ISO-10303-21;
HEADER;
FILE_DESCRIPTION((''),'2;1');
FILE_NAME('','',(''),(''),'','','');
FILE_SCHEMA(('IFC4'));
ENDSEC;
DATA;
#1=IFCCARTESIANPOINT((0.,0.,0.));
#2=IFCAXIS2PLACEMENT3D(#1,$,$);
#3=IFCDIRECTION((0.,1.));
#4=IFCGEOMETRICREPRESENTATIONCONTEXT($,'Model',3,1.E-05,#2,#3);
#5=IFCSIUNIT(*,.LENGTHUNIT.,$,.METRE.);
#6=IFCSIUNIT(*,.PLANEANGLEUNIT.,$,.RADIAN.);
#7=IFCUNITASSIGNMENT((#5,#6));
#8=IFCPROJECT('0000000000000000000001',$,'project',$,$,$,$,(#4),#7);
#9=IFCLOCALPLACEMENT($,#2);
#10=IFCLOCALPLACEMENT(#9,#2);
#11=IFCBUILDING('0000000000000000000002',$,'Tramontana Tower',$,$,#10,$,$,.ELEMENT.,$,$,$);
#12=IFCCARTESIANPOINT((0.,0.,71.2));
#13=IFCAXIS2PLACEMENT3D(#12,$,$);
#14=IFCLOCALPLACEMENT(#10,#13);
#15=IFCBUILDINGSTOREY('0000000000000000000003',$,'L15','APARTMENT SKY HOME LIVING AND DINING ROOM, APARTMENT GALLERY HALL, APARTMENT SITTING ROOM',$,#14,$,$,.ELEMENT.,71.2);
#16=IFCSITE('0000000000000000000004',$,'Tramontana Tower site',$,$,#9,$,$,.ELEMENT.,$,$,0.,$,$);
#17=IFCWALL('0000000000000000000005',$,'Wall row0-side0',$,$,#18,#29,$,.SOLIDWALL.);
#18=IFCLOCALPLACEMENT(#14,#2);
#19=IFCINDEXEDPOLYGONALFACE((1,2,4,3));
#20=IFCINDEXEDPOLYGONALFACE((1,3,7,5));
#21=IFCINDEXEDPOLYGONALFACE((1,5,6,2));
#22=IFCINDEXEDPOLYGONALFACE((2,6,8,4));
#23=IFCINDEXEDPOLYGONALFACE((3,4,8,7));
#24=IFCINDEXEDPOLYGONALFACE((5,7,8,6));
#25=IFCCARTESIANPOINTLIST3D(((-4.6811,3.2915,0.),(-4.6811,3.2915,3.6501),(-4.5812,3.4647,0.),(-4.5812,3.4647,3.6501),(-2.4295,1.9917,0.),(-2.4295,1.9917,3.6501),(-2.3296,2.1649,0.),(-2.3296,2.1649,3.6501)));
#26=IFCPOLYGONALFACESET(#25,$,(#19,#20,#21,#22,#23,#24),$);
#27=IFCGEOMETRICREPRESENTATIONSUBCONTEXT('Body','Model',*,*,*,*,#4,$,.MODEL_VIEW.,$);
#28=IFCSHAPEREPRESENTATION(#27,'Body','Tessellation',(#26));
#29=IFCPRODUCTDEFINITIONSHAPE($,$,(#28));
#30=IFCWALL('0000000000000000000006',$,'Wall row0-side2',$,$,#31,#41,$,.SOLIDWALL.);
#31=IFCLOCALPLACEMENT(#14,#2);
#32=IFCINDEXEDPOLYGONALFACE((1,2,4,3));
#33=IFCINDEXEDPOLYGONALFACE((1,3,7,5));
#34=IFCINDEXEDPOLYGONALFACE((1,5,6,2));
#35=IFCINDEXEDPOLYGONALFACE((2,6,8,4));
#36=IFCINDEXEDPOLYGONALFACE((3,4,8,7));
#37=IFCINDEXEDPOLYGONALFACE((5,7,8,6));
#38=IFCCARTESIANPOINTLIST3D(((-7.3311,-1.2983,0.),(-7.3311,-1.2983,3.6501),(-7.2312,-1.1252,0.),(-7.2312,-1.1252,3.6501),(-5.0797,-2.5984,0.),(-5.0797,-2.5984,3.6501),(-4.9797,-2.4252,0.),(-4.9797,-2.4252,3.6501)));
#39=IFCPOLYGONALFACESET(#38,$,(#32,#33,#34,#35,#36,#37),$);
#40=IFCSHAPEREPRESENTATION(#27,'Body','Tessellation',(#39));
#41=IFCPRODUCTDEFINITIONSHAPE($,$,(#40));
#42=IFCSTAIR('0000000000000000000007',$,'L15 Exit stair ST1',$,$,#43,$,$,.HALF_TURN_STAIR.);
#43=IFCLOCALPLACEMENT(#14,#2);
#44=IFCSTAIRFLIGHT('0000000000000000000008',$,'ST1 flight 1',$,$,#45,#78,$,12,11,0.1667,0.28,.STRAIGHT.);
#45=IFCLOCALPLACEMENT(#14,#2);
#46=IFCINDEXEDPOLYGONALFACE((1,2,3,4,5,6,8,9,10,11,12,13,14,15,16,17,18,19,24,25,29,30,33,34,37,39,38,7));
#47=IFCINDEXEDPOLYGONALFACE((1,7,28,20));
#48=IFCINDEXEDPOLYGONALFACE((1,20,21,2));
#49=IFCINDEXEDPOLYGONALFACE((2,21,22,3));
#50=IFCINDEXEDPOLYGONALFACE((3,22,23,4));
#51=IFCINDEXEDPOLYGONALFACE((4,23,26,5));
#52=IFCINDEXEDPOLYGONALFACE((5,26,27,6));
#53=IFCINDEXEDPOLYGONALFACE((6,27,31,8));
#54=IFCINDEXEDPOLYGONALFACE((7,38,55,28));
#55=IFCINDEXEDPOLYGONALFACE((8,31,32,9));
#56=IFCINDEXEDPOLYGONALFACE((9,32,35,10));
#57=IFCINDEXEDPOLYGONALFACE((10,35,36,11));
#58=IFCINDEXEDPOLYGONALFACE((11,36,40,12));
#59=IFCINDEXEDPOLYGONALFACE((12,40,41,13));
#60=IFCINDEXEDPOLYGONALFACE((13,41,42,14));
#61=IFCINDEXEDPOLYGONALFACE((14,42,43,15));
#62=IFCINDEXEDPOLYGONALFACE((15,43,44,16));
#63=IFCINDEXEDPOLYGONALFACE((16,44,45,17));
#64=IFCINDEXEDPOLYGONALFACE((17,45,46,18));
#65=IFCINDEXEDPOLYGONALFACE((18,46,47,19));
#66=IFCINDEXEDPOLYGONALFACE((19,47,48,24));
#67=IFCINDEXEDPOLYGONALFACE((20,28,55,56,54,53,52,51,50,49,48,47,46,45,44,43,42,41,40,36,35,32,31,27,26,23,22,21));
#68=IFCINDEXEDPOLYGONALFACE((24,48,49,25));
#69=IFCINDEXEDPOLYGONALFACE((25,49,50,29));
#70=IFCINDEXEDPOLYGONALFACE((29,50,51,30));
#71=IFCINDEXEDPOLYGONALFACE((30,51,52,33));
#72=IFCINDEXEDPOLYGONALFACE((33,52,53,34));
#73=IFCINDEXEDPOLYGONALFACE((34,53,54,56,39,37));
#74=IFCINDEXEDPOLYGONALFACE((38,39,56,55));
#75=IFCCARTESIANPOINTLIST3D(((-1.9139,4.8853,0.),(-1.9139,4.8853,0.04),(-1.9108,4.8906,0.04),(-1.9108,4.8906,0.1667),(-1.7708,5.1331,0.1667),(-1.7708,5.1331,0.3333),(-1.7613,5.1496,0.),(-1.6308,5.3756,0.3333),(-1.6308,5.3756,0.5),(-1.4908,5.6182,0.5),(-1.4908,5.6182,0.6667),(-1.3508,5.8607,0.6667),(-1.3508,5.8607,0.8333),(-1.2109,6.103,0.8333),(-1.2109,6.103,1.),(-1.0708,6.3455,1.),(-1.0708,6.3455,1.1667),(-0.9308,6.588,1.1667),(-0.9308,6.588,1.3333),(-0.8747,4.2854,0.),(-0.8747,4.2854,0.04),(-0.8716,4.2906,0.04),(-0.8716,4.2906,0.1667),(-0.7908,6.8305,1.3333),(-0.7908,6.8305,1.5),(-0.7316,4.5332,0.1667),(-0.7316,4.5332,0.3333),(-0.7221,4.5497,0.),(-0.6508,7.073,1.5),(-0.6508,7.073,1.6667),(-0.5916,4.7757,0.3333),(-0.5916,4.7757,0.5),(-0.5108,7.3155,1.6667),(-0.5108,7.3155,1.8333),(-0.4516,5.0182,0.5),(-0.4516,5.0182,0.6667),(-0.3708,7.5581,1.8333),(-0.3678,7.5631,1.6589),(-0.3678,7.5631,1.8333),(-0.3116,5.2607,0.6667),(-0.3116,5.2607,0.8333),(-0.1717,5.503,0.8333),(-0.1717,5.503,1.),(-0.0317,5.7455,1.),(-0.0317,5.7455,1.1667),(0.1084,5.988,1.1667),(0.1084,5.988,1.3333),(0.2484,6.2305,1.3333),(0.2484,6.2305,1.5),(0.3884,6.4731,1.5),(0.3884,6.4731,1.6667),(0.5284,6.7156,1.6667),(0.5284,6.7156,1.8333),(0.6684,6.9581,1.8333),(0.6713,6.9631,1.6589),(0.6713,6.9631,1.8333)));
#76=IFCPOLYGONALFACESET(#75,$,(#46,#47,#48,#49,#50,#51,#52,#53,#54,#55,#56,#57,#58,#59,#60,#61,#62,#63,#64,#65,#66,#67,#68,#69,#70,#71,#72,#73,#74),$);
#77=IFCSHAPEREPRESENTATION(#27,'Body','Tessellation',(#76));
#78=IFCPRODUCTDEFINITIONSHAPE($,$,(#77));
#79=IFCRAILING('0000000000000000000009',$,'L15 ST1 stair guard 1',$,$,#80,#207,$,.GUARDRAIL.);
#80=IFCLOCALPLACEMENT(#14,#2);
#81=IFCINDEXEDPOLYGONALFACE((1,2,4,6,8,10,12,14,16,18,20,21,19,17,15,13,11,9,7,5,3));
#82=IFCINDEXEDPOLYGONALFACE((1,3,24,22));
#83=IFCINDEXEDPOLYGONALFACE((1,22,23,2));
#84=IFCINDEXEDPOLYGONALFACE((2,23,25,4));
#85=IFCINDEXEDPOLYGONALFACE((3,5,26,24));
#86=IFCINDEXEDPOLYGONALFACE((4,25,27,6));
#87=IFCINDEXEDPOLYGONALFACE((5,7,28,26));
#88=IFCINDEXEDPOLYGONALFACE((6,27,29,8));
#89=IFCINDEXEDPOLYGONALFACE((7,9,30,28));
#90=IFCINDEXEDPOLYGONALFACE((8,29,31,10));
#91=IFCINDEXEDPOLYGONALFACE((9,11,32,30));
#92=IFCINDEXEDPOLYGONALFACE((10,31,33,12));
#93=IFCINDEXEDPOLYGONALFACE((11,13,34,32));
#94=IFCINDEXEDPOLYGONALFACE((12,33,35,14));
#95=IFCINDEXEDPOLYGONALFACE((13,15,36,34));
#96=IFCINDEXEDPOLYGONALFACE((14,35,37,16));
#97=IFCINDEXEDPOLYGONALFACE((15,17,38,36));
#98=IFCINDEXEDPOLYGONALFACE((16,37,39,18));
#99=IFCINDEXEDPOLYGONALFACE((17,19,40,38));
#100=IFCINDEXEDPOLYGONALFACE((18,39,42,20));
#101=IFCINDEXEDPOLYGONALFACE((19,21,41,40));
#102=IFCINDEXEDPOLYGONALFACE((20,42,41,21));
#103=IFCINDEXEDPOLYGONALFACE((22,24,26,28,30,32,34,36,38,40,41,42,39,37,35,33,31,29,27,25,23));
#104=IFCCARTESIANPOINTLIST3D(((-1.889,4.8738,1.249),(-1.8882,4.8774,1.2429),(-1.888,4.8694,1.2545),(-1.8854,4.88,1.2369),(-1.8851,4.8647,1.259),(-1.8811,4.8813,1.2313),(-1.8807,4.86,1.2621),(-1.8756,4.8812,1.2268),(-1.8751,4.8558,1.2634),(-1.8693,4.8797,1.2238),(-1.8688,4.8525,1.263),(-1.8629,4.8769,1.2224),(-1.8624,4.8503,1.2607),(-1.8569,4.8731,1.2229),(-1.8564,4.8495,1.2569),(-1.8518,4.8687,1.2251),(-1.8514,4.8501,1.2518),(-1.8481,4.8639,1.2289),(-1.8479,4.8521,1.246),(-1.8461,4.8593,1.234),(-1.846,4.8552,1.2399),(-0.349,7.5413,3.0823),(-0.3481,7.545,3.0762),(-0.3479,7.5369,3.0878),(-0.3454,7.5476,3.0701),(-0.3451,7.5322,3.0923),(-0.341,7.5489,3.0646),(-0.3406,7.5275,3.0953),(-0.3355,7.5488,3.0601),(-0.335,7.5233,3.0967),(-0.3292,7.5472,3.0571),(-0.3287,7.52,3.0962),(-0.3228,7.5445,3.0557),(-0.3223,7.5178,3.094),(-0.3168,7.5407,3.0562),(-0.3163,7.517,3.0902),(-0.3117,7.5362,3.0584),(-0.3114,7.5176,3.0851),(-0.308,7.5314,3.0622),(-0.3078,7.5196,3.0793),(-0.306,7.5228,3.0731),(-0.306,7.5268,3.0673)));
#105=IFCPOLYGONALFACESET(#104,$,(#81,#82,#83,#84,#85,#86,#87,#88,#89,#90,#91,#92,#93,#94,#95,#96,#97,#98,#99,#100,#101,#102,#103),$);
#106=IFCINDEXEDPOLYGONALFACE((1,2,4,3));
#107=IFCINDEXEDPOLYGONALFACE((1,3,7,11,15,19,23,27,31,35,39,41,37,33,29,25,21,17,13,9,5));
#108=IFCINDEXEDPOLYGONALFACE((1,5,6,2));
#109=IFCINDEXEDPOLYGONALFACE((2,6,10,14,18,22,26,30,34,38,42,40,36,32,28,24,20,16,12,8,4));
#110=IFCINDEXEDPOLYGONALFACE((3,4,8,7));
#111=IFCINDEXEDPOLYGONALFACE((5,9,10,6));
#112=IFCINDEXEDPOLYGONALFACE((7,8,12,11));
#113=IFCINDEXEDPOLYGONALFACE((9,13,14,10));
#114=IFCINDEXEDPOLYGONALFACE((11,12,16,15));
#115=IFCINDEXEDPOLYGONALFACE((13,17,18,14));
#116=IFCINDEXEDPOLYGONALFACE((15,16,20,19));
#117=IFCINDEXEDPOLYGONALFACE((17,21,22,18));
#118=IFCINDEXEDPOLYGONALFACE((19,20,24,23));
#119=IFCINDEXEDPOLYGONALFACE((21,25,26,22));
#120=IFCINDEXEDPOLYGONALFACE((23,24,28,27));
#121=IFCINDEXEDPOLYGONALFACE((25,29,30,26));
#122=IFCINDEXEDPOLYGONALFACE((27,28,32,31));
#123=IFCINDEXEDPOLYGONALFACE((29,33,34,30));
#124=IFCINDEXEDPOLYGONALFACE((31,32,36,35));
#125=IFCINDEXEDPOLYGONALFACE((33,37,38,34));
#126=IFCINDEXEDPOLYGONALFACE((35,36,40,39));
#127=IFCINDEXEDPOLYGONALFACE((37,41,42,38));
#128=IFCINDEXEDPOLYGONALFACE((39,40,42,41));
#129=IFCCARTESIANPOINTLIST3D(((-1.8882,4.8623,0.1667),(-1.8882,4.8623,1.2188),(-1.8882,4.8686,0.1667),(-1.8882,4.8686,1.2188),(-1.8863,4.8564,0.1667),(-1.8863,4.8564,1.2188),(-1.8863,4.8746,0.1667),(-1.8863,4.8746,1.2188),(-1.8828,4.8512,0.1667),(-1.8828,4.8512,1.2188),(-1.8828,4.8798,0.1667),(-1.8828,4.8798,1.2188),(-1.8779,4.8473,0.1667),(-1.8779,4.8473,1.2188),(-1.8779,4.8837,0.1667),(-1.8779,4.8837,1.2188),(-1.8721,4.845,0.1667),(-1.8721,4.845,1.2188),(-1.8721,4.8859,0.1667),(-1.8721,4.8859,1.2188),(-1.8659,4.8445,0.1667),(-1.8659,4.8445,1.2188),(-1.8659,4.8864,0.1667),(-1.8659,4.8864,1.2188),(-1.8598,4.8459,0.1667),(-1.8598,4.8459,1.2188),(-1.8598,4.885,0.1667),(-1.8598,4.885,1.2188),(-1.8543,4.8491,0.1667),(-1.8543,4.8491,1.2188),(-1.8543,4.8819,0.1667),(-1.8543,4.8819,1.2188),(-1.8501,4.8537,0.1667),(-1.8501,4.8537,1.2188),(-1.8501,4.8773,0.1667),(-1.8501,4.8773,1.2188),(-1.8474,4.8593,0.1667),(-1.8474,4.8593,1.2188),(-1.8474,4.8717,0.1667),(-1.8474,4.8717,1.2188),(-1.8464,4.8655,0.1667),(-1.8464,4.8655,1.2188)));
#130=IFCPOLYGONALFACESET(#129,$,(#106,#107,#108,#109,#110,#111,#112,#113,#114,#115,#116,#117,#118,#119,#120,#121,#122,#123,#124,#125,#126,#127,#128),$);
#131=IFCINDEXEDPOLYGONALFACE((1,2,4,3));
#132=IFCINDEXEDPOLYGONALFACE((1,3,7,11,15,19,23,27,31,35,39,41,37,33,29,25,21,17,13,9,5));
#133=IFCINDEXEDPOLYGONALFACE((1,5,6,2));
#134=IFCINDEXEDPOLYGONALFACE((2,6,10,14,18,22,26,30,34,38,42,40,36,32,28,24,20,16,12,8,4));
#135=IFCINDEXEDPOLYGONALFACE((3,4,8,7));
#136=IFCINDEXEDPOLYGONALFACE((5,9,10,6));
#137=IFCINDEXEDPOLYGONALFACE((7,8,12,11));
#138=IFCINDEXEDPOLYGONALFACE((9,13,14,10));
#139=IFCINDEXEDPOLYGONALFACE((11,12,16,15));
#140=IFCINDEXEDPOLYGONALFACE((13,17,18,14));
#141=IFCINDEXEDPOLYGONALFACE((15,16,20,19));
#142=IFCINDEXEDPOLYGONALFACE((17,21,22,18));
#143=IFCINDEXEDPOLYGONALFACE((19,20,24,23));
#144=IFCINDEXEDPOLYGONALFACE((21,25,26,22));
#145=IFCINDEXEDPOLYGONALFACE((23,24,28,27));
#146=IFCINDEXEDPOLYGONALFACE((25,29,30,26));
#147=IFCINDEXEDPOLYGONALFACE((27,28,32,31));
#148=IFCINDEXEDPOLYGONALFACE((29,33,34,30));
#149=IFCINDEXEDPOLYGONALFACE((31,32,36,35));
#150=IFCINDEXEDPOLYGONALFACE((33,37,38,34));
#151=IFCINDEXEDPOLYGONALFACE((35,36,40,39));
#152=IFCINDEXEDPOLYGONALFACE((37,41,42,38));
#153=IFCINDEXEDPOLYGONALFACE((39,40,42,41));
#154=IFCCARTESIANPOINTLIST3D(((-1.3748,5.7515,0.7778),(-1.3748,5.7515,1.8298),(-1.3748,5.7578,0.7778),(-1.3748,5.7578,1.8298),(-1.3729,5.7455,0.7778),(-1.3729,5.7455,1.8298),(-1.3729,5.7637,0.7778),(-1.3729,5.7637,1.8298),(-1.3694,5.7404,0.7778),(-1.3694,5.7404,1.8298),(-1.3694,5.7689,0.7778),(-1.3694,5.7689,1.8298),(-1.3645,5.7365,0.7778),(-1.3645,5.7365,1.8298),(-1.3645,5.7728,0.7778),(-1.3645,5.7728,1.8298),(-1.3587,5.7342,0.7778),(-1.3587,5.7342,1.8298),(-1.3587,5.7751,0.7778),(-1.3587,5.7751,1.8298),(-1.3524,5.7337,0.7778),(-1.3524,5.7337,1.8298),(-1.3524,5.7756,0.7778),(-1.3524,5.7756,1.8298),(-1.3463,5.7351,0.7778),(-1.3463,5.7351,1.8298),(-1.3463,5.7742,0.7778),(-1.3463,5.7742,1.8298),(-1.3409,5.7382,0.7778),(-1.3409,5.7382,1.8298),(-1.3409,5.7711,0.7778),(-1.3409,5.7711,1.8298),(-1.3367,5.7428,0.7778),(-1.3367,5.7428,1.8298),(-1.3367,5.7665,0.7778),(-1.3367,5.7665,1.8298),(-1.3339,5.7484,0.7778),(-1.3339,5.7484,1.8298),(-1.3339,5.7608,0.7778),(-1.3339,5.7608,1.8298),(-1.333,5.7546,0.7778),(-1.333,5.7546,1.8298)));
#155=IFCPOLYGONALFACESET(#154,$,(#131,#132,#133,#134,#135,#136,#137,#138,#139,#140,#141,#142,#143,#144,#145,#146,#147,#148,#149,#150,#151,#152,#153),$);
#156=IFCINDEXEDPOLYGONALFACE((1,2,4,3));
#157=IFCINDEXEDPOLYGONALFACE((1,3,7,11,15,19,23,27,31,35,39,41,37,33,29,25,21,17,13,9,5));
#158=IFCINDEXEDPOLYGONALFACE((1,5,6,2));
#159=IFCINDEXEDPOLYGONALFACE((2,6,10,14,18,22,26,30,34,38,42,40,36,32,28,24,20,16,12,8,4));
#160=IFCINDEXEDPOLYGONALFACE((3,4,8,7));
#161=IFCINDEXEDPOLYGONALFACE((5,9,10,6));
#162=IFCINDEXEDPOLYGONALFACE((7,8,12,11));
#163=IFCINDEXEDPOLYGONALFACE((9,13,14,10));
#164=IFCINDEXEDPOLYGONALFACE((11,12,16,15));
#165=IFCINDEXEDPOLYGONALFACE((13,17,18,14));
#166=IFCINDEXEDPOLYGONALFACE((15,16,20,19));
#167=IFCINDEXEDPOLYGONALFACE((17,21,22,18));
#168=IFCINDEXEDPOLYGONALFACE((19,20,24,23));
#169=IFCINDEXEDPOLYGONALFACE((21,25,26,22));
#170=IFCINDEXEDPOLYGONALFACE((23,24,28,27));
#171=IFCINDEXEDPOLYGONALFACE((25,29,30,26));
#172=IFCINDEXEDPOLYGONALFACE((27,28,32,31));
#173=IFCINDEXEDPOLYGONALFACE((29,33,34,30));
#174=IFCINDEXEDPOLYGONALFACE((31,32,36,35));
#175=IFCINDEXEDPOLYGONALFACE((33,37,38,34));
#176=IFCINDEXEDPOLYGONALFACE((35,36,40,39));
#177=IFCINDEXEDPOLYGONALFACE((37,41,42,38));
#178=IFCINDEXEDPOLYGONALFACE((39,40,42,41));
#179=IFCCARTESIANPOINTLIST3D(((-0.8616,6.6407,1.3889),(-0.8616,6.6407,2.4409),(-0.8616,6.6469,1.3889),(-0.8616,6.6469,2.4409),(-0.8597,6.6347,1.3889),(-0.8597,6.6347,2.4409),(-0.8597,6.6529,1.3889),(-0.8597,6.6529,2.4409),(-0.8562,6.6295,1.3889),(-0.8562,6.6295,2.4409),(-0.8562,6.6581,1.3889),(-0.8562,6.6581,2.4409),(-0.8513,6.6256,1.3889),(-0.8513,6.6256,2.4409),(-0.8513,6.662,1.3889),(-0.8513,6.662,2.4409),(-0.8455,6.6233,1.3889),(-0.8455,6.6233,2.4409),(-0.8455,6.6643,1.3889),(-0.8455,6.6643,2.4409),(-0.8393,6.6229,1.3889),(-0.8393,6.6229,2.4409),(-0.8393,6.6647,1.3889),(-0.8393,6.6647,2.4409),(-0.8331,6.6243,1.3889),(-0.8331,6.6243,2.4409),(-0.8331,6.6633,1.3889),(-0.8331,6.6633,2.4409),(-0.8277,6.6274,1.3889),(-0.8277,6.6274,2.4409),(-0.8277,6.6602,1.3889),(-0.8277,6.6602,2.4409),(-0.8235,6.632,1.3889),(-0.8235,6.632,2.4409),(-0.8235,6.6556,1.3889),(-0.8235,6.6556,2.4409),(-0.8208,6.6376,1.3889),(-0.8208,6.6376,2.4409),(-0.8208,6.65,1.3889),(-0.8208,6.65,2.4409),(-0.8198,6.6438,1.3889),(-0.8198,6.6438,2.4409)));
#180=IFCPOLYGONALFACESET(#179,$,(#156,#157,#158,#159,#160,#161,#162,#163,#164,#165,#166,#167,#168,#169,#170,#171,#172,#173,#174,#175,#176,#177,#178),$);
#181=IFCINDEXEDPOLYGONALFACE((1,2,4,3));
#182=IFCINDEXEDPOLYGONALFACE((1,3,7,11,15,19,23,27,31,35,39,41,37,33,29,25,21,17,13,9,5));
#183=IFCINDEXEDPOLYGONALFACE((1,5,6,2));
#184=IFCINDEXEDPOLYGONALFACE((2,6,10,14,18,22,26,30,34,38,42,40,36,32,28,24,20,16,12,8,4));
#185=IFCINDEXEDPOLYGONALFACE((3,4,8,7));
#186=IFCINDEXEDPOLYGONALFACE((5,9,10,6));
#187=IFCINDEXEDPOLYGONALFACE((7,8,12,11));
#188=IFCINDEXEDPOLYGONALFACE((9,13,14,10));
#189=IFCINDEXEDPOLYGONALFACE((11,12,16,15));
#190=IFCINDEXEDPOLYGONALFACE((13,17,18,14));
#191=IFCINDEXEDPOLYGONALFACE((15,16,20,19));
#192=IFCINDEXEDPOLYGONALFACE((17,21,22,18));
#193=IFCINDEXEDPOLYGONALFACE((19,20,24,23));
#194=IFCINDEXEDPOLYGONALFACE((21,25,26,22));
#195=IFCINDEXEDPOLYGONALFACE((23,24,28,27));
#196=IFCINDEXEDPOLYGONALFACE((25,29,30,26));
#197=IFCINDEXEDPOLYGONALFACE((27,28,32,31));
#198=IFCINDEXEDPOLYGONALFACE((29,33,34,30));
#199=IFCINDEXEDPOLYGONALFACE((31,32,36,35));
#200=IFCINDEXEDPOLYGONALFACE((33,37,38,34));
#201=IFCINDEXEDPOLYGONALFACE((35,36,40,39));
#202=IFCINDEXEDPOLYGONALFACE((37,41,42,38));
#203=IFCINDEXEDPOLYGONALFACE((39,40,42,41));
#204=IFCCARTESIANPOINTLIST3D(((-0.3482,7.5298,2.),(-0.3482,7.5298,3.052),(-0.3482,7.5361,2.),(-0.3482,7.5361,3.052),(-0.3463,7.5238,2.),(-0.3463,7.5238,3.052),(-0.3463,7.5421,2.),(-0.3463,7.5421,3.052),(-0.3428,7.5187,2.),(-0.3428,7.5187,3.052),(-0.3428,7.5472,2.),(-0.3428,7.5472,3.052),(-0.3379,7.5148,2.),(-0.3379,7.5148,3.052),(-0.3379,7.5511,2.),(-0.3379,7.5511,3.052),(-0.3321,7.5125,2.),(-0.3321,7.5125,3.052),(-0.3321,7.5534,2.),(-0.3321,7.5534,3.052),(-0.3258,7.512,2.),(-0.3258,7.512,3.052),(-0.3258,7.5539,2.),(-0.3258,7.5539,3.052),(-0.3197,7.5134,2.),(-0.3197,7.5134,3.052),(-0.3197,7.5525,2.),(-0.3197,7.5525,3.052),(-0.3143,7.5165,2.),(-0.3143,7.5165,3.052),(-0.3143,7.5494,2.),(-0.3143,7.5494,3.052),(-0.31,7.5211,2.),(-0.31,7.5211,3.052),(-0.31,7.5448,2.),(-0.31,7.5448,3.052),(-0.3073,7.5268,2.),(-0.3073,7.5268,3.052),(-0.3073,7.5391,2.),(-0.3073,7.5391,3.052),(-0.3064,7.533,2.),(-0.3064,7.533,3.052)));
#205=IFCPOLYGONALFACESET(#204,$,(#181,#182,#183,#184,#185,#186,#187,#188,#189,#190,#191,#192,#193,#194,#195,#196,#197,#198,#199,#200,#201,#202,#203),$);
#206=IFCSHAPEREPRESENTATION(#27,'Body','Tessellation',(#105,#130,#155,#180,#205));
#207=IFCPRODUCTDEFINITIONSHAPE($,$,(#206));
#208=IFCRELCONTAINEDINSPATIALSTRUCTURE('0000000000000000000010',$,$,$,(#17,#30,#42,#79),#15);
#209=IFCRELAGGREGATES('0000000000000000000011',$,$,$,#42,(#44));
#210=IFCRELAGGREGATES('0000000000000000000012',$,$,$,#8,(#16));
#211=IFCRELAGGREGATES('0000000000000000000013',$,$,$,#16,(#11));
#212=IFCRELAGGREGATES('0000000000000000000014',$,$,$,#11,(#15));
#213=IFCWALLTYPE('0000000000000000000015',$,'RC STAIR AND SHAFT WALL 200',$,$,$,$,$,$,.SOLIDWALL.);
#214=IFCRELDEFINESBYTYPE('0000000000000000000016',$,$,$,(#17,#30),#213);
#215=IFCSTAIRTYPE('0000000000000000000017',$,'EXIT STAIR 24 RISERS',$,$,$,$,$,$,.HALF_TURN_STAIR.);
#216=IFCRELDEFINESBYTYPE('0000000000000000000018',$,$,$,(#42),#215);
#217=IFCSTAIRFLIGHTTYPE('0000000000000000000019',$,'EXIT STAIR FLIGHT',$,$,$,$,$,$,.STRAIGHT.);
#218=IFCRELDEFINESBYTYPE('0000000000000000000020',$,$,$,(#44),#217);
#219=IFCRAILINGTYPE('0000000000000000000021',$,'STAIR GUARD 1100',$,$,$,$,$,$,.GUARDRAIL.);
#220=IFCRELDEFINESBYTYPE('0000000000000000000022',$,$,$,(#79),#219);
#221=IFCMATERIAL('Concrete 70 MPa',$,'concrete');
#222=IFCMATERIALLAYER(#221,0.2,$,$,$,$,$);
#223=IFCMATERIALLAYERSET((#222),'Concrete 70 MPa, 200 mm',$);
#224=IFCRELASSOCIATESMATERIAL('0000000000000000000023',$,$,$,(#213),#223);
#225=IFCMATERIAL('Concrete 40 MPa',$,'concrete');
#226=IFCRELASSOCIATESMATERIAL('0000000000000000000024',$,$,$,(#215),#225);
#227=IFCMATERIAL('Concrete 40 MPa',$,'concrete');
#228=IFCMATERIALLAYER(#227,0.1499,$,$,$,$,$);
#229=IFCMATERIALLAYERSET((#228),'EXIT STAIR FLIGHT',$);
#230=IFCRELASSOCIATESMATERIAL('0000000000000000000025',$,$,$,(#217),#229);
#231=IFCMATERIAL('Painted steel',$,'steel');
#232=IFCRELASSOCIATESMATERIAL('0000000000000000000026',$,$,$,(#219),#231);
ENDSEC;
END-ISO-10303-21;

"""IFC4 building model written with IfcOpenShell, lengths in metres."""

from ifc_helpers import new_model, si_unit, direction, frame, frame_2d, origin, origin_2d, place, context, subcontext, project, spatial, polyline, rectangle, circle, outline, extrude, material, layer, layer_set, type_object, element, aggregate, save


model = new_model("IFC4")

# Units and contexts
model_context = context("Model", 3, precision=1e-05, world=origin(), true_north=direction((0.0, 1.0)))
body_context = subcontext(model_context, "Body", "Model", "MODEL_VIEW")
ifc_project = project(units=[si_unit("LENGTHUNIT", "METRE"), si_unit("PLANEANGLEUNIT", "RADIAN")], contexts=[model_context])

# Site, building, storey
site_placement = place(None, origin())
site = spatial("IfcSite", under=ifc_project, at=site_placement, Name="Tramontana Tower site", CompositionType="ELEMENT", RefElevation=0.0)
building_placement = place(site_placement, origin())
building = spatial("IfcBuilding", under=site, at=building_placement, Name="Tramontana Tower", CompositionType="ELEMENT")
storey_placement = place(building_placement, frame((0.0, 0.0, 71.2)))
storey = spatial("IfcBuildingStorey", under=building, at=storey_placement, Name="L15", Description="APARTMENT SKY HOME LIVING AND DINING ROOM, APARTMENT GALLERY HALL, APARTMENT SITTING ROOM", CompositionType="ELEMENT", Elevation=71.2)

# Shared definitions
ifc_material_1 = material(Name="Concrete 70 MPa", Category="concrete")
ifc_layer_1 = layer(ifc_material_1, 0.2)
ifc_layer_set_1 = layer_set([ifc_layer_1], Name="Concrete 70 MPa, 200 mm")
wall_type_1 = type_object("IfcWallType", Name="RC STAIR AND SHAFT WALL 200", PredefinedType="SOLIDWALL", material=ifc_layer_set_1)

# Walls
for number, where, z_axis, x_axis, name in (
    (1, (-2.3796, 2.0784, 0.0), (0.0, 0.0, 1.0), (-0.866062, 0.499937, 0.0), "Wall row0-side0"),
    (2, (-5.0298, -2.5117, 0.0), (0.0, 0.0, 1.0), (-0.865998, 0.500048, 0.0), "Wall row0-side2"),
):
    element("IfcWall", number, at=place(storey_placement, frame(where, z_axis=z_axis, x_axis=x_axis)), inside=storey, type_object=wall_type_1, Name=name, PredefinedType="SOLIDWALL", context=body_context, shape_type="SweptSolid", body=[
        extrude(rectangle(XDim=2.5999, YDim=0.2, at=frame_2d((1.2998, 0.0))), origin(), (0.0, 0.0, 1.0), 3.6501),
    ])

# Stair, stair flight
ifc_material_2 = material(Name="Concrete 40 MPa", Category="concrete")
stair_type = type_object("IfcStairType", Name="EXIT STAIR 24 RISERS", PredefinedType="HALF_TURN_STAIR", material=ifc_material_2)
stair_placement = place(storey_placement, origin())
stair = element("IfcStair", 3, at=stair_placement, inside=storey, type_object=stair_type, Name="L15 Exit stair ST1", PredefinedType="HALF_TURN_STAIR")
ifc_material_3 = material(Name="Concrete 40 MPa", Category="concrete")
ifc_layer_2 = layer(ifc_material_3, 0.1499)
ifc_layer_set_2 = layer_set([ifc_layer_2], Name="EXIT STAIR FLIGHT")
stair_flight_type = type_object("IfcStairFlightType", Name="EXIT STAIR FLIGHT", PredefinedType="STRAIGHT", material=ifc_layer_set_2)
stair_flight_placement = place(storey_placement, frame((-1.3911, 4.5906, 0.0), z_axis=(0.0, 0.0, 1.0), x_axis=(0.5, 0.866025, 0.0)))
stair_flight = element("IfcStairFlight", 4, at=stair_flight_placement, type_object=stair_flight_type, Name="ST1 flight 1", NumberOfRisers=12, NumberOfTreads=11, PredefinedType="STRAIGHT", RiserHeight=0.1667, TreadLength=0.28, context=body_context, shape_type="SweptSolid", body=[
    extrude(outline(polyline([(-0.0061, 0.0), (-0.0061, 0.04), (0.0, 0.04), (0.0, 0.1667), (0.28, 0.1667), (0.28, 0.3333), (0.5601, 0.3333), (0.5601, 0.5), (0.8401, 0.5), (0.8401, 0.6667), (1.1201, 0.6667), (1.1201, 0.8333), (1.3999, 0.8333), (1.3999, 1.0), (1.6799, 1.0), (1.6799, 1.1667), (1.96, 1.1667), (1.96, 1.3333), (2.24, 1.3333), (2.24, 1.5), (2.52, 1.5), (2.52, 1.6667), (2.8, 1.6667), (2.8, 1.8333), (3.0801, 1.8333), (3.0859, 1.8333), (3.0859, 1.6589), (0.2991, 0.0), (-0.0061, 0.0)])), frame((0.0, 0.6001, 0.0), z_axis=(0.0, -1.0, 0.0), x_axis=(1.0, 0.0, 0.0)), (0.0, 0.0, 1.0), 1.2),
])
aggregate(stair, [stair_flight])

# Railing
ifc_material_4 = material(Name="Painted steel", Category="steel")
railing_type_1 = type_object("IfcRailingType", Name="STAIR GUARD 1100", PredefinedType="GUARDRAIL", material=ifc_material_4)
railing_1_placement = place(storey_placement, frame((-1.8674, 4.8655, 0.1667)))
element("IfcRailing", 5, at=railing_1_placement, inside=storey, type_object=railing_type_1, Name="L15 ST1 stair guard 1", PredefinedType="GUARDRAIL", context=body_context, shape_type="SweptSolid", body=[
    extrude(circle(Radius=0.0239, at=origin_2d()), frame((0.0, 0.0, 1.0762), z_axis=(0.429649, 0.74419, 0.511452), x_axis=(-0.86603, 0.499992, 0.0)), (0.0, 0.0, 1.0), 3.5845),
    extrude(circle(Radius=0.021, at=origin_2d()), origin(), (0.0, 0.0, 1.0), 1.052),
    extrude(circle(Radius=0.021, at=origin_2d()), frame((0.5134, 0.8892, 0.6111)), (0.0, 0.0, 1.0), 1.052),
    extrude(circle(Radius=0.021, at=origin_2d()), frame((1.0266, 1.7783, 1.2222)), (0.0, 0.0, 1.0), 1.052),
    extrude(circle(Radius=0.021, at=origin_2d()), frame((1.54, 2.6675, 1.8333)), (0.0, 0.0, 1.0), 1.052),
])

save(model, "model.ifc")
